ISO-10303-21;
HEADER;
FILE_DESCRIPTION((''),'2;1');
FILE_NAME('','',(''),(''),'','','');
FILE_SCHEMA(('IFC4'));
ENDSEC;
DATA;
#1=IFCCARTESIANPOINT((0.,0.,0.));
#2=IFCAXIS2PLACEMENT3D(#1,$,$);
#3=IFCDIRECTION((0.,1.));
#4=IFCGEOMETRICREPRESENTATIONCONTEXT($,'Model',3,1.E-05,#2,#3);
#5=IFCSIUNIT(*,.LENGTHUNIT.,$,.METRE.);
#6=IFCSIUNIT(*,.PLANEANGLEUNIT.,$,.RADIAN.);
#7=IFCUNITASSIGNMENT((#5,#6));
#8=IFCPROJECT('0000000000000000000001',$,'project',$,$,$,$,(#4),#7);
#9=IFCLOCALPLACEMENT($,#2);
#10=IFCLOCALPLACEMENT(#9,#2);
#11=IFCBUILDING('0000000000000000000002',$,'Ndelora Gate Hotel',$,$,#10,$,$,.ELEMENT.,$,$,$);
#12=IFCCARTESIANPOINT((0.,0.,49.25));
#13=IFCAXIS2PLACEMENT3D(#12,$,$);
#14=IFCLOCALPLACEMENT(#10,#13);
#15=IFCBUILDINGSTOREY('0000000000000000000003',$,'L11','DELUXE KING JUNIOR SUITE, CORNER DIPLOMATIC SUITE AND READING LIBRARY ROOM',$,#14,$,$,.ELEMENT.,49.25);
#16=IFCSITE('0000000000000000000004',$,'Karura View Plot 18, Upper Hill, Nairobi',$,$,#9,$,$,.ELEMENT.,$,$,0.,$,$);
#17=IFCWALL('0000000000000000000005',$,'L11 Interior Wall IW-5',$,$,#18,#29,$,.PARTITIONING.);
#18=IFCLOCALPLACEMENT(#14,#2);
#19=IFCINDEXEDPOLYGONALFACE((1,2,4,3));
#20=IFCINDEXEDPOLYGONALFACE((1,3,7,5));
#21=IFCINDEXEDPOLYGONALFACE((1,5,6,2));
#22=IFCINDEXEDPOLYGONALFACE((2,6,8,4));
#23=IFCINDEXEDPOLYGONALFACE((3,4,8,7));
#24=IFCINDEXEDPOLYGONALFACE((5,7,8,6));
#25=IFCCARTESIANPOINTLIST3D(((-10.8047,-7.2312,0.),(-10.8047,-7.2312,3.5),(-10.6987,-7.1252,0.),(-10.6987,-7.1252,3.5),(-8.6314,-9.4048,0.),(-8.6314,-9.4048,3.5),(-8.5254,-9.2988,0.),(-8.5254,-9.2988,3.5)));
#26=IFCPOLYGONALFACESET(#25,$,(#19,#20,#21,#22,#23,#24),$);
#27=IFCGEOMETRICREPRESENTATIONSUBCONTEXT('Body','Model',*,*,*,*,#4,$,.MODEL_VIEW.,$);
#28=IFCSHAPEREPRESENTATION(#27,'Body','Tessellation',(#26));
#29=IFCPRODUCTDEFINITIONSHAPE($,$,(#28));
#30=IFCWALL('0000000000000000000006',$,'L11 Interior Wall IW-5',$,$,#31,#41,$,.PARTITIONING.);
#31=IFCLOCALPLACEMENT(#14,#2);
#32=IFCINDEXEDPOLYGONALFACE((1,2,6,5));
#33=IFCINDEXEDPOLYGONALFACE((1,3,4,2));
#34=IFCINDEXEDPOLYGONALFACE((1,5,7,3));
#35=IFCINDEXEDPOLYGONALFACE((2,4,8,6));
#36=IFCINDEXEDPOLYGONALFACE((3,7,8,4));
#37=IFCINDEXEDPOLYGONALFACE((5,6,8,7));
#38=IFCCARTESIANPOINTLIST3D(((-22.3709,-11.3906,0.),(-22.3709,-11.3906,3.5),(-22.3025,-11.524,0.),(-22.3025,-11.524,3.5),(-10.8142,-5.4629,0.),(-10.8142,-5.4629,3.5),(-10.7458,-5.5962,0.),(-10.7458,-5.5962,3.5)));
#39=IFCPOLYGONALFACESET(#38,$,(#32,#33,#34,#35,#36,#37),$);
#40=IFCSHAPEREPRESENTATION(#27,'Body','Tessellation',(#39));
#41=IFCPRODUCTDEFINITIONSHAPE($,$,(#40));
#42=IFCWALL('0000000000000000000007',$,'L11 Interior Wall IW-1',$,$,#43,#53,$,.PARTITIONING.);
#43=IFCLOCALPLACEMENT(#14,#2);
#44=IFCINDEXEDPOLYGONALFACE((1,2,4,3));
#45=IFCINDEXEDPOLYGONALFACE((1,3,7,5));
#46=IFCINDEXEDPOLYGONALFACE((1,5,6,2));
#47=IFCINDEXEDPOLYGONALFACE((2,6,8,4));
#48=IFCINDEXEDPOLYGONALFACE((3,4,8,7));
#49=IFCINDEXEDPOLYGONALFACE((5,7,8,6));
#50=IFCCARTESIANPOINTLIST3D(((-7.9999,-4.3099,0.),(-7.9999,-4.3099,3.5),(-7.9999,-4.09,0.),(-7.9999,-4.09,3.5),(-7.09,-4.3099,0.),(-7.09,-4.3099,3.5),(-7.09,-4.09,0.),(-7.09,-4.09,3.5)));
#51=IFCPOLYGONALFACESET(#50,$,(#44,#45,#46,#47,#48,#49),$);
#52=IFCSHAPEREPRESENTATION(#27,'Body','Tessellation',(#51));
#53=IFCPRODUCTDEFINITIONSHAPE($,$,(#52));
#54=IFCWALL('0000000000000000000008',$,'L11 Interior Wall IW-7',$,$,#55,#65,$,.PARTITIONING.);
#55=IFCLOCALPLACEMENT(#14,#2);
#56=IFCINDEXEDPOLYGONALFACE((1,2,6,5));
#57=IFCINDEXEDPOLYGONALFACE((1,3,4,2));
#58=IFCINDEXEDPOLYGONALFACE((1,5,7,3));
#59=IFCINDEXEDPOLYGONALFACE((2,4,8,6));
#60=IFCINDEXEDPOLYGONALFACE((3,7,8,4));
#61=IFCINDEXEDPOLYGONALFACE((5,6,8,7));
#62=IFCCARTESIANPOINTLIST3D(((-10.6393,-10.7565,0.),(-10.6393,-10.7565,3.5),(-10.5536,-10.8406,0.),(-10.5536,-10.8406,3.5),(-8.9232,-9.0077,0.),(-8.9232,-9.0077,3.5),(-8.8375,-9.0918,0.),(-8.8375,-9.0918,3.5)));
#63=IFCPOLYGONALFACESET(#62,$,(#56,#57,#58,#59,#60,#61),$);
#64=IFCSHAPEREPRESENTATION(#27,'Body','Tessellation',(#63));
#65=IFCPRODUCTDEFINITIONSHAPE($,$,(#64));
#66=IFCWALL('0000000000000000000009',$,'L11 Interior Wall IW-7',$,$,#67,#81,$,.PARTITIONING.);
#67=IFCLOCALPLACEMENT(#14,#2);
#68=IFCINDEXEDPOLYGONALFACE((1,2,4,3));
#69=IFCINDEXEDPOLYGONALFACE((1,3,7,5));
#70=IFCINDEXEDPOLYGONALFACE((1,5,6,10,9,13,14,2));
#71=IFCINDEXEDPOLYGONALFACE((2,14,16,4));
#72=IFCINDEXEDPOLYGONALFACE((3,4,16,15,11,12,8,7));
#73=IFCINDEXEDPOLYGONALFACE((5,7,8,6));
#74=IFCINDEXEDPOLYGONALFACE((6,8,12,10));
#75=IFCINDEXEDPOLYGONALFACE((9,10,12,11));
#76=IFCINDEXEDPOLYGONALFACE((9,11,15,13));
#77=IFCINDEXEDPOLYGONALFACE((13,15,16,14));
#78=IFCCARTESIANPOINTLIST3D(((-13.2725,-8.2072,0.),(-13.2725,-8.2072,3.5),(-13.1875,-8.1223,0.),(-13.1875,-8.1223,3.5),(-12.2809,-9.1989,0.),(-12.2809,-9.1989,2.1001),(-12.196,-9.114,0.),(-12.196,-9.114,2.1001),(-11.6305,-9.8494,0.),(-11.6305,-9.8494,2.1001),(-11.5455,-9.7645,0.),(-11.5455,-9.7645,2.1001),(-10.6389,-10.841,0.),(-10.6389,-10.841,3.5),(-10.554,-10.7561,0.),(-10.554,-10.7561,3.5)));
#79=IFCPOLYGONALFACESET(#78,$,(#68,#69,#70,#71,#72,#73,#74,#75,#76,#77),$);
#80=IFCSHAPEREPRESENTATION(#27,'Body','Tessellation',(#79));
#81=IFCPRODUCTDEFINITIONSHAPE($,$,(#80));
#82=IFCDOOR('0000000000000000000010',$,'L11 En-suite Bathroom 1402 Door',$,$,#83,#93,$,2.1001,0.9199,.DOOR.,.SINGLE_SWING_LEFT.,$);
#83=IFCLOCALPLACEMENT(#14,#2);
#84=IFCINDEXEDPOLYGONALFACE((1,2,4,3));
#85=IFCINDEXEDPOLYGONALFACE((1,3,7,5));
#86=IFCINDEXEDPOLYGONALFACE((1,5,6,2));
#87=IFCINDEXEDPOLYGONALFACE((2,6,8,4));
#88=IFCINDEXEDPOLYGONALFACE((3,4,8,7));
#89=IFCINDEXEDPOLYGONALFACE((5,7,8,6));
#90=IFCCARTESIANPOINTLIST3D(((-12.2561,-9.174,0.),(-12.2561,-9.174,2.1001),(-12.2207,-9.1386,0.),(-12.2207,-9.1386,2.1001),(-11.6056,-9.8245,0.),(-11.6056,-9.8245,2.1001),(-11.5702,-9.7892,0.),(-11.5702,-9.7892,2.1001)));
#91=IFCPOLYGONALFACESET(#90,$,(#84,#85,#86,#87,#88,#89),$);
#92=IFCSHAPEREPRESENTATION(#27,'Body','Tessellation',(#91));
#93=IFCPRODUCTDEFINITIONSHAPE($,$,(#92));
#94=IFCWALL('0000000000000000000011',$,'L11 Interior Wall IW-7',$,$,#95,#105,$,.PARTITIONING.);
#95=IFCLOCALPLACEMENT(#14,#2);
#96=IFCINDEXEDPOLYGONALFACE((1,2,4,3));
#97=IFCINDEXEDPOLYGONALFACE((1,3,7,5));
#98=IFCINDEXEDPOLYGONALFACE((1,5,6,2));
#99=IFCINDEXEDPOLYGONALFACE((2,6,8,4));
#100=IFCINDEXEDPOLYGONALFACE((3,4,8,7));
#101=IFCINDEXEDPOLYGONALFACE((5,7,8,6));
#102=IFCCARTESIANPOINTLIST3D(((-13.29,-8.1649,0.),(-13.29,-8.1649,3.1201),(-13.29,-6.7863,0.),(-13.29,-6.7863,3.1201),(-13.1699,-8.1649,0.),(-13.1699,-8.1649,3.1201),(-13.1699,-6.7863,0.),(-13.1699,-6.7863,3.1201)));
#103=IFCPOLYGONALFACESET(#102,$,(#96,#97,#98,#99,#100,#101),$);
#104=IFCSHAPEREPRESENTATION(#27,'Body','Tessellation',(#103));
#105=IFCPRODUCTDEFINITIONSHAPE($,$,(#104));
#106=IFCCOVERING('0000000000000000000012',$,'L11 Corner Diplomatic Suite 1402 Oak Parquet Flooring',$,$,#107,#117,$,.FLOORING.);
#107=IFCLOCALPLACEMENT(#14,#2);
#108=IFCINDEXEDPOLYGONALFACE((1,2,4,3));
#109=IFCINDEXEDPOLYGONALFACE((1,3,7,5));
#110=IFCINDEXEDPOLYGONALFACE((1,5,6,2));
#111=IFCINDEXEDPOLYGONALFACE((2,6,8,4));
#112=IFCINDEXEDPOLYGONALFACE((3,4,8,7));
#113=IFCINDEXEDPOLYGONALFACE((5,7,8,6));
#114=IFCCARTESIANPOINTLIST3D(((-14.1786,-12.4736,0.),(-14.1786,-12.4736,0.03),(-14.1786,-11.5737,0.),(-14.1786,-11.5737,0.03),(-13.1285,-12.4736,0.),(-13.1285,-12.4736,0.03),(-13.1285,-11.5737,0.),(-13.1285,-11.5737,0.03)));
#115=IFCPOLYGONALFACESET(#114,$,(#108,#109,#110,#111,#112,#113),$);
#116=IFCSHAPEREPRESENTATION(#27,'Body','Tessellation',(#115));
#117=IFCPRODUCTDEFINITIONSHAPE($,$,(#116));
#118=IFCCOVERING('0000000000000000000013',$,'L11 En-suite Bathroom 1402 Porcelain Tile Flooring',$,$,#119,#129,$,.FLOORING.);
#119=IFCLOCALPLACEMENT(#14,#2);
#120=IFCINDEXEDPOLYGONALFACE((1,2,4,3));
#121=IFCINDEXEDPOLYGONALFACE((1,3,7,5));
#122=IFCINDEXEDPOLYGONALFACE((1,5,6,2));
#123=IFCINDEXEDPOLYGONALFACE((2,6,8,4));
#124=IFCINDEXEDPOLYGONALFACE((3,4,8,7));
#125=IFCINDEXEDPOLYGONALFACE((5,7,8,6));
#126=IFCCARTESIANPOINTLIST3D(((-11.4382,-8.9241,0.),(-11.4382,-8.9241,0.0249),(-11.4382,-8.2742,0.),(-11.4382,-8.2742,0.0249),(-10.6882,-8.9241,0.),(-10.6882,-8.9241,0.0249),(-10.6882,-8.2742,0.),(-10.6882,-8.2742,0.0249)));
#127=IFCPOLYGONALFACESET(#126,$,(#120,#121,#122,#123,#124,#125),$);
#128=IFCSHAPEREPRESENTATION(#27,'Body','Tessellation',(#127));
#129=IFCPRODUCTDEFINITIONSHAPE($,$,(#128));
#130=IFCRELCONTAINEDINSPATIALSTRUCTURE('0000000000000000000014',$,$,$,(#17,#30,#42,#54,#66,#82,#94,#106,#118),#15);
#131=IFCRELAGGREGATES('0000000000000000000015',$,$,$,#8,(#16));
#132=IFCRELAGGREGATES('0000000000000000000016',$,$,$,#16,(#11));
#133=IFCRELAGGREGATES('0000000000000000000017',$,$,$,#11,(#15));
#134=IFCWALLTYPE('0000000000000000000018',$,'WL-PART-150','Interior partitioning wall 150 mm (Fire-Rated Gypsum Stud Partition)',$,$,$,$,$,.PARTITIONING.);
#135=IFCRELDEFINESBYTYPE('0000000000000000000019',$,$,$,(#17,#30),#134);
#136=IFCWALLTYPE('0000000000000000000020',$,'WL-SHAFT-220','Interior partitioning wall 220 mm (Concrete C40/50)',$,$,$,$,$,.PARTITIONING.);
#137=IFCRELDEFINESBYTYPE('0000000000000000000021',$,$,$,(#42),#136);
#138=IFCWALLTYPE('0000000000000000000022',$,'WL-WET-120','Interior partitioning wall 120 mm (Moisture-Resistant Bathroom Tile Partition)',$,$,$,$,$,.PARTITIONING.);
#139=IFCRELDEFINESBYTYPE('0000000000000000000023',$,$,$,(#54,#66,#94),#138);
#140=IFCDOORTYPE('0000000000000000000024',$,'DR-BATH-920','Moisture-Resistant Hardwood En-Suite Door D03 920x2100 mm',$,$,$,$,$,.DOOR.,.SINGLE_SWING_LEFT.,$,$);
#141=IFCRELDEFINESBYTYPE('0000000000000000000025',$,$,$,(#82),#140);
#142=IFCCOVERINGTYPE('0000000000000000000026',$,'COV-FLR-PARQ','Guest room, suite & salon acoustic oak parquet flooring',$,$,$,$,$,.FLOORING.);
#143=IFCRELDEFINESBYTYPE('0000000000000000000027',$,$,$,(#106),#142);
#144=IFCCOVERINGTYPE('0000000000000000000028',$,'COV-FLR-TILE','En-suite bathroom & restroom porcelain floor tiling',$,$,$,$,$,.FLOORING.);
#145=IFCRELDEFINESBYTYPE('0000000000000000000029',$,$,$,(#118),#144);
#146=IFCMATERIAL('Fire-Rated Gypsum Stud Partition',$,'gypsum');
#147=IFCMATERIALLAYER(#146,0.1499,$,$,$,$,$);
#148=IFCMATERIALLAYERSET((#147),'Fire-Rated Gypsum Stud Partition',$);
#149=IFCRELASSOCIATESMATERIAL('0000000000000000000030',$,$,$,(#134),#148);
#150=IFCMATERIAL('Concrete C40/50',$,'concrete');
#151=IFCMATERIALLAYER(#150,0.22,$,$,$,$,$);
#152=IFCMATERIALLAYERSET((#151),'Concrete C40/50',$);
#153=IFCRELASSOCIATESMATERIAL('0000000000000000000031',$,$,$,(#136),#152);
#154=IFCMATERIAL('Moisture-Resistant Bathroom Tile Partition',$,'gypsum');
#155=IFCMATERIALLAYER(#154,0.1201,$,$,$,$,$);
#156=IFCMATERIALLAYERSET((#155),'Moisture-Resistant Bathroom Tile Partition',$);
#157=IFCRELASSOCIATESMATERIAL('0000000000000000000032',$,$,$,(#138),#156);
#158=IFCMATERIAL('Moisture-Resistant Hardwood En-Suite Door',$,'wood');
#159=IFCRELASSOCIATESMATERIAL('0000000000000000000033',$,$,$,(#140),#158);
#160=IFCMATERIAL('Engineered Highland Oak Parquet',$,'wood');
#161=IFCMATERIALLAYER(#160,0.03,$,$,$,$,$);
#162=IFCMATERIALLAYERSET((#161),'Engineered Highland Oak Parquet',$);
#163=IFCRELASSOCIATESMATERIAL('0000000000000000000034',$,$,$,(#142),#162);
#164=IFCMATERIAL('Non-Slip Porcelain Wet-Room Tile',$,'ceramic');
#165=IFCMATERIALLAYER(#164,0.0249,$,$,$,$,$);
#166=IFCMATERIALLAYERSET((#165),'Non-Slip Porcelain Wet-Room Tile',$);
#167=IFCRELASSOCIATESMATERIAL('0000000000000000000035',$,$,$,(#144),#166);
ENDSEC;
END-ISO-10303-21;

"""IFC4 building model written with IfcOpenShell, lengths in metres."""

from ifc_helpers import new_model, si_unit, direction, frame, frame_2d, origin, origin_2d, place, context, subcontext, project, spatial, rectangle, extrude, material, layer, layer_set, type_object, element, fill, save


model = new_model("IFC4")

# Units and contexts
model_context = context("Model", 3, precision=1e-05, world=origin(), true_north=direction((0.0, 1.0)))
body_context = subcontext(model_context, "Body", "Model", "MODEL_VIEW")
ifc_project = project(units=[si_unit("LENGTHUNIT", "METRE"), si_unit("PLANEANGLEUNIT", "RADIAN")], contexts=[model_context])

# Site, building, storey
site_placement = place(None, origin())
site = spatial("IfcSite", under=ifc_project, at=site_placement, Name="Karura View Plot 18, Upper Hill, Nairobi", CompositionType="ELEMENT", RefElevation=0.0)
building_placement = place(site_placement, origin())
building = spatial("IfcBuilding", under=site, at=building_placement, Name="Ndelora Gate Hotel", CompositionType="ELEMENT")
storey_placement = place(building_placement, frame((0.0, 0.0, 49.25)))
storey = spatial("IfcBuildingStorey", under=building, at=storey_placement, Name="L11", Description="DELUXE KING JUNIOR SUITE, CORNER DIPLOMATIC SUITE AND READING LIBRARY ROOM", CompositionType="ELEMENT", Elevation=49.25)

# Shared definitions
ifc_material_1 = material(Name="Fire-Rated Gypsum Stud Partition", Category="gypsum")
ifc_layer_1 = layer(ifc_material_1, 0.1499)
ifc_layer_set_1 = layer_set([ifc_layer_1], Name="Fire-Rated Gypsum Stud Partition")
wall_type_1 = type_object("IfcWallType", Name="WL-PART-150", Description="Interior partitioning wall 150 mm (Fire-Rated Gypsum Stud Partition)", PredefinedType="PARTITIONING", material=ifc_layer_set_1)

# Walls
wall_1_placement = place(storey_placement, frame((-8.5784, -9.3518, 0.0), z_axis=(0.0, 0.0, 1.0), x_axis=(-0.707067, 0.707146, 0.0)))
element("IfcWall", 1, at=wall_1_placement, inside=storey, type_object=wall_type_1, Name="L11 Interior Wall IW-5", PredefinedType="PARTITIONING", context=body_context, shape_type="SweptSolid", body=[
    extrude(rectangle(XDim=3.0737, YDim=0.1499, at=frame_2d((1.5369, 0.0))), origin(), (0.0, 0.0, 1.0), 3.5),
])
wall_2_placement = place(storey_placement, frame((-10.78, -5.5295, 0.0), z_axis=(0.0, 0.0, 1.0), x_axis=(-0.889778, -0.456393, 0.0)))
element("IfcWall", 2, at=wall_2_placement, inside=storey, type_object=wall_type_1, Name="L11 Interior Wall IW-5", PredefinedType="PARTITIONING", context=body_context, shape_type="SweptSolid", body=[
    extrude(rectangle(XDim=12.9883, YDim=0.1499, at=frame_2d((6.4941, 0.0))), origin(), (0.0, 0.0, 1.0), 3.5),
])
ifc_material_2 = material(Name="Concrete C40/50", Category="concrete")
ifc_layer_2 = layer(ifc_material_2, 0.22)
ifc_layer_set_2 = layer_set([ifc_layer_2], Name="Concrete C40/50")
wall_type_2 = type_object("IfcWallType", Name="WL-SHAFT-220", Description="Interior partitioning wall 220 mm (Concrete C40/50)", PredefinedType="PARTITIONING", material=ifc_layer_set_2)
wall_3_placement = place(storey_placement, frame((-8.0, -4.2, 0.0), z_axis=(0.0, 0.0, 1.0), x_axis=(1.0, 0.0, 0.0)))
element("IfcWall", 3, at=wall_3_placement, inside=storey, type_object=wall_type_2, Name="L11 Interior Wall IW-1", PredefinedType="PARTITIONING", context=body_context, shape_type="SweptSolid", body=[
    extrude(rectangle(XDim=0.9099, YDim=0.22, at=frame_2d((0.4551, 0.0))), origin(), (0.0, 0.0, 1.0), 3.5),
])
ifc_material_3 = material(Name="Moisture-Resistant Bathroom Tile Partition", Category="gypsum")
ifc_layer_3 = layer(ifc_material_3, 0.1201)
ifc_layer_set_3 = layer_set([ifc_layer_3], Name="Moisture-Resistant Bathroom Tile Partition")
wall_type_3 = type_object("IfcWallType", Name="WL-WET-120", Description="Interior partitioning wall 120 mm (Moisture-Resistant Bathroom Tile Partition)", PredefinedType="PARTITIONING", material=ifc_layer_set_3)
wall_4_placement = place(storey_placement, frame((-10.5964, -10.7986, 0.0), z_axis=(0.0, 0.0, 1.0), x_axis=(0.700399, 0.713751, 0.0)))
element("IfcWall", 4, at=wall_4_placement, inside=storey, type_object=wall_type_3, Name="L11 Interior Wall IW-7", PredefinedType="PARTITIONING", context=body_context, shape_type="SweptSolid", body=[
    extrude(rectangle(XDim=2.4502, YDim=0.1201, at=frame_2d((1.2251, 0.0))), origin(), (0.0, 0.0, 1.0), 3.5),
])

# Wall, opening, door
wall_5_placement = place(storey_placement, frame((-10.5964, -10.7986, 0.0), z_axis=(0.0, 0.0, 1.0), x_axis=(-0.707074, 0.70714, 0.0)))
wall_5 = element("IfcWall", 5, at=wall_5_placement, inside=storey, type_object=wall_type_3, Name="L11 Interior Wall IW-7", PredefinedType="PARTITIONING", context=body_context, shape_type="SweptSolid", body=[
    extrude(rectangle(XDim=3.7246, YDim=0.1201, at=frame_2d((1.8623, 0.0))), origin(), (0.0, 0.0, 1.0), 3.5),
])
opening_1_placement = place(wall_5_placement, frame((1.4023, 0.0, 0.0)))
opening_1 = element("IfcOpeningElement", 6, at=opening_1_placement, cuts=wall_5, PredefinedType="OPENING", context=body_context, shape_type="SweptSolid", body=[
    extrude(rectangle(XDim=0.9199, YDim=2.1001, at=frame_2d((0.46, 1.05))), frame((0.0, 0.0701, 0.0), z_axis=(0.0, -1.0, 0.0), x_axis=(1.0, 0.0, 0.0)), (0.0, 0.0, 1.0), 0.1401),
])
ifc_material_4 = material(Name="Moisture-Resistant Hardwood En-Suite Door", Category="wood")
door_type_1 = type_object("IfcDoorType", Name="DR-BATH-920", Description="Moisture-Resistant Hardwood En-Suite Door D03 920x2100 mm", OperationType="SINGLE_SWING_LEFT", PredefinedType="DOOR", material=ifc_material_4)
door_1_placement = place(opening_1_placement, origin())
door_1 = element("IfcDoor", 7, at=door_1_placement, inside=storey, type_object=door_type_1, Name="L11 En-suite Bathroom 1402 Door", OperationType="SINGLE_SWING_LEFT", OverallHeight=2.1001, OverallWidth=0.9199, PredefinedType="DOOR", context=body_context, shape_type="SweptSolid", body=[
    extrude(rectangle(XDim=0.9199, YDim=2.1001, at=frame_2d((0.46, 1.05))), frame((0.0, 0.0249, 0.0), z_axis=(0.0, -1.0, 0.0), x_axis=(1.0, 0.0, 0.0)), (0.0, 0.0, 1.0), 0.05),
])
fill(opening_1, door_1)

# Wall
wall_6_placement = place(storey_placement, frame((-13.23, -6.7861, 0.0), z_axis=(0.0, 0.0, 1.0), x_axis=(0.0, -1.0, 0.0)))
element("IfcWall", 8, at=wall_6_placement, inside=storey, type_object=wall_type_3, Name="L11 Interior Wall IW-7", PredefinedType="PARTITIONING", context=body_context, shape_type="SweptSolid", body=[
    extrude(rectangle(XDim=1.3787, YDim=0.1201, at=frame_2d((0.6895, 0.0))), origin(), (0.0, 0.0, 1.0), 3.1201),
])

# Coverings
ifc_material_5 = material(Name="Engineered Highland Oak Parquet", Category="wood")
ifc_layer_4 = layer(ifc_material_5, 0.03)
ifc_layer_set_4 = layer_set([ifc_layer_4], Name="Engineered Highland Oak Parquet")
covering_type_1 = type_object("IfcCoveringType", Name="COV-FLR-PARQ", Description="Guest room, suite & salon acoustic oak parquet flooring", PredefinedType="FLOORING", material=ifc_layer_set_4)
covering_1_placement = place(storey_placement, frame((-13.6536, -12.0237, 0.0), z_axis=(0.0, 0.0, 1.0), x_axis=(1.0, 0.0, 0.0)))
element("IfcCovering", 9, at=covering_1_placement, inside=storey, type_object=covering_type_1, Name="L11 Corner Diplomatic Suite 1402 Oak Parquet Flooring", PredefinedType="FLOORING", context=body_context, shape_type="SweptSolid", body=[
    extrude(rectangle(XDim=1.05, YDim=0.8999, at=origin_2d()), origin(), (0.0, 0.0, 1.0), 0.03),
])
ifc_material_6 = material(Name="Non-Slip Porcelain Wet-Room Tile", Category="ceramic")
ifc_layer_5 = layer(ifc_material_6, 0.0249)
ifc_layer_set_5 = layer_set([ifc_layer_5], Name="Non-Slip Porcelain Wet-Room Tile")
covering_type_2 = type_object("IfcCoveringType", Name="COV-FLR-TILE", Description="En-suite bathroom & restroom porcelain floor tiling", PredefinedType="FLOORING", material=ifc_layer_set_5)
covering_2_placement = place(storey_placement, frame((-11.0632, -8.5991, 0.0), z_axis=(0.0, 0.0, 1.0), x_axis=(1.0, 0.0, 0.0)))
element("IfcCovering", 10, at=covering_2_placement, inside=storey, type_object=covering_type_2, Name="L11 En-suite Bathroom 1402 Porcelain Tile Flooring", PredefinedType="FLOORING", context=body_context, shape_type="SweptSolid", body=[
    extrude(rectangle(XDim=0.75, YDim=0.6499, at=origin_2d()), origin(), (0.0, 0.0, 1.0), 0.0249),
])

save(model, "model.ifc")
